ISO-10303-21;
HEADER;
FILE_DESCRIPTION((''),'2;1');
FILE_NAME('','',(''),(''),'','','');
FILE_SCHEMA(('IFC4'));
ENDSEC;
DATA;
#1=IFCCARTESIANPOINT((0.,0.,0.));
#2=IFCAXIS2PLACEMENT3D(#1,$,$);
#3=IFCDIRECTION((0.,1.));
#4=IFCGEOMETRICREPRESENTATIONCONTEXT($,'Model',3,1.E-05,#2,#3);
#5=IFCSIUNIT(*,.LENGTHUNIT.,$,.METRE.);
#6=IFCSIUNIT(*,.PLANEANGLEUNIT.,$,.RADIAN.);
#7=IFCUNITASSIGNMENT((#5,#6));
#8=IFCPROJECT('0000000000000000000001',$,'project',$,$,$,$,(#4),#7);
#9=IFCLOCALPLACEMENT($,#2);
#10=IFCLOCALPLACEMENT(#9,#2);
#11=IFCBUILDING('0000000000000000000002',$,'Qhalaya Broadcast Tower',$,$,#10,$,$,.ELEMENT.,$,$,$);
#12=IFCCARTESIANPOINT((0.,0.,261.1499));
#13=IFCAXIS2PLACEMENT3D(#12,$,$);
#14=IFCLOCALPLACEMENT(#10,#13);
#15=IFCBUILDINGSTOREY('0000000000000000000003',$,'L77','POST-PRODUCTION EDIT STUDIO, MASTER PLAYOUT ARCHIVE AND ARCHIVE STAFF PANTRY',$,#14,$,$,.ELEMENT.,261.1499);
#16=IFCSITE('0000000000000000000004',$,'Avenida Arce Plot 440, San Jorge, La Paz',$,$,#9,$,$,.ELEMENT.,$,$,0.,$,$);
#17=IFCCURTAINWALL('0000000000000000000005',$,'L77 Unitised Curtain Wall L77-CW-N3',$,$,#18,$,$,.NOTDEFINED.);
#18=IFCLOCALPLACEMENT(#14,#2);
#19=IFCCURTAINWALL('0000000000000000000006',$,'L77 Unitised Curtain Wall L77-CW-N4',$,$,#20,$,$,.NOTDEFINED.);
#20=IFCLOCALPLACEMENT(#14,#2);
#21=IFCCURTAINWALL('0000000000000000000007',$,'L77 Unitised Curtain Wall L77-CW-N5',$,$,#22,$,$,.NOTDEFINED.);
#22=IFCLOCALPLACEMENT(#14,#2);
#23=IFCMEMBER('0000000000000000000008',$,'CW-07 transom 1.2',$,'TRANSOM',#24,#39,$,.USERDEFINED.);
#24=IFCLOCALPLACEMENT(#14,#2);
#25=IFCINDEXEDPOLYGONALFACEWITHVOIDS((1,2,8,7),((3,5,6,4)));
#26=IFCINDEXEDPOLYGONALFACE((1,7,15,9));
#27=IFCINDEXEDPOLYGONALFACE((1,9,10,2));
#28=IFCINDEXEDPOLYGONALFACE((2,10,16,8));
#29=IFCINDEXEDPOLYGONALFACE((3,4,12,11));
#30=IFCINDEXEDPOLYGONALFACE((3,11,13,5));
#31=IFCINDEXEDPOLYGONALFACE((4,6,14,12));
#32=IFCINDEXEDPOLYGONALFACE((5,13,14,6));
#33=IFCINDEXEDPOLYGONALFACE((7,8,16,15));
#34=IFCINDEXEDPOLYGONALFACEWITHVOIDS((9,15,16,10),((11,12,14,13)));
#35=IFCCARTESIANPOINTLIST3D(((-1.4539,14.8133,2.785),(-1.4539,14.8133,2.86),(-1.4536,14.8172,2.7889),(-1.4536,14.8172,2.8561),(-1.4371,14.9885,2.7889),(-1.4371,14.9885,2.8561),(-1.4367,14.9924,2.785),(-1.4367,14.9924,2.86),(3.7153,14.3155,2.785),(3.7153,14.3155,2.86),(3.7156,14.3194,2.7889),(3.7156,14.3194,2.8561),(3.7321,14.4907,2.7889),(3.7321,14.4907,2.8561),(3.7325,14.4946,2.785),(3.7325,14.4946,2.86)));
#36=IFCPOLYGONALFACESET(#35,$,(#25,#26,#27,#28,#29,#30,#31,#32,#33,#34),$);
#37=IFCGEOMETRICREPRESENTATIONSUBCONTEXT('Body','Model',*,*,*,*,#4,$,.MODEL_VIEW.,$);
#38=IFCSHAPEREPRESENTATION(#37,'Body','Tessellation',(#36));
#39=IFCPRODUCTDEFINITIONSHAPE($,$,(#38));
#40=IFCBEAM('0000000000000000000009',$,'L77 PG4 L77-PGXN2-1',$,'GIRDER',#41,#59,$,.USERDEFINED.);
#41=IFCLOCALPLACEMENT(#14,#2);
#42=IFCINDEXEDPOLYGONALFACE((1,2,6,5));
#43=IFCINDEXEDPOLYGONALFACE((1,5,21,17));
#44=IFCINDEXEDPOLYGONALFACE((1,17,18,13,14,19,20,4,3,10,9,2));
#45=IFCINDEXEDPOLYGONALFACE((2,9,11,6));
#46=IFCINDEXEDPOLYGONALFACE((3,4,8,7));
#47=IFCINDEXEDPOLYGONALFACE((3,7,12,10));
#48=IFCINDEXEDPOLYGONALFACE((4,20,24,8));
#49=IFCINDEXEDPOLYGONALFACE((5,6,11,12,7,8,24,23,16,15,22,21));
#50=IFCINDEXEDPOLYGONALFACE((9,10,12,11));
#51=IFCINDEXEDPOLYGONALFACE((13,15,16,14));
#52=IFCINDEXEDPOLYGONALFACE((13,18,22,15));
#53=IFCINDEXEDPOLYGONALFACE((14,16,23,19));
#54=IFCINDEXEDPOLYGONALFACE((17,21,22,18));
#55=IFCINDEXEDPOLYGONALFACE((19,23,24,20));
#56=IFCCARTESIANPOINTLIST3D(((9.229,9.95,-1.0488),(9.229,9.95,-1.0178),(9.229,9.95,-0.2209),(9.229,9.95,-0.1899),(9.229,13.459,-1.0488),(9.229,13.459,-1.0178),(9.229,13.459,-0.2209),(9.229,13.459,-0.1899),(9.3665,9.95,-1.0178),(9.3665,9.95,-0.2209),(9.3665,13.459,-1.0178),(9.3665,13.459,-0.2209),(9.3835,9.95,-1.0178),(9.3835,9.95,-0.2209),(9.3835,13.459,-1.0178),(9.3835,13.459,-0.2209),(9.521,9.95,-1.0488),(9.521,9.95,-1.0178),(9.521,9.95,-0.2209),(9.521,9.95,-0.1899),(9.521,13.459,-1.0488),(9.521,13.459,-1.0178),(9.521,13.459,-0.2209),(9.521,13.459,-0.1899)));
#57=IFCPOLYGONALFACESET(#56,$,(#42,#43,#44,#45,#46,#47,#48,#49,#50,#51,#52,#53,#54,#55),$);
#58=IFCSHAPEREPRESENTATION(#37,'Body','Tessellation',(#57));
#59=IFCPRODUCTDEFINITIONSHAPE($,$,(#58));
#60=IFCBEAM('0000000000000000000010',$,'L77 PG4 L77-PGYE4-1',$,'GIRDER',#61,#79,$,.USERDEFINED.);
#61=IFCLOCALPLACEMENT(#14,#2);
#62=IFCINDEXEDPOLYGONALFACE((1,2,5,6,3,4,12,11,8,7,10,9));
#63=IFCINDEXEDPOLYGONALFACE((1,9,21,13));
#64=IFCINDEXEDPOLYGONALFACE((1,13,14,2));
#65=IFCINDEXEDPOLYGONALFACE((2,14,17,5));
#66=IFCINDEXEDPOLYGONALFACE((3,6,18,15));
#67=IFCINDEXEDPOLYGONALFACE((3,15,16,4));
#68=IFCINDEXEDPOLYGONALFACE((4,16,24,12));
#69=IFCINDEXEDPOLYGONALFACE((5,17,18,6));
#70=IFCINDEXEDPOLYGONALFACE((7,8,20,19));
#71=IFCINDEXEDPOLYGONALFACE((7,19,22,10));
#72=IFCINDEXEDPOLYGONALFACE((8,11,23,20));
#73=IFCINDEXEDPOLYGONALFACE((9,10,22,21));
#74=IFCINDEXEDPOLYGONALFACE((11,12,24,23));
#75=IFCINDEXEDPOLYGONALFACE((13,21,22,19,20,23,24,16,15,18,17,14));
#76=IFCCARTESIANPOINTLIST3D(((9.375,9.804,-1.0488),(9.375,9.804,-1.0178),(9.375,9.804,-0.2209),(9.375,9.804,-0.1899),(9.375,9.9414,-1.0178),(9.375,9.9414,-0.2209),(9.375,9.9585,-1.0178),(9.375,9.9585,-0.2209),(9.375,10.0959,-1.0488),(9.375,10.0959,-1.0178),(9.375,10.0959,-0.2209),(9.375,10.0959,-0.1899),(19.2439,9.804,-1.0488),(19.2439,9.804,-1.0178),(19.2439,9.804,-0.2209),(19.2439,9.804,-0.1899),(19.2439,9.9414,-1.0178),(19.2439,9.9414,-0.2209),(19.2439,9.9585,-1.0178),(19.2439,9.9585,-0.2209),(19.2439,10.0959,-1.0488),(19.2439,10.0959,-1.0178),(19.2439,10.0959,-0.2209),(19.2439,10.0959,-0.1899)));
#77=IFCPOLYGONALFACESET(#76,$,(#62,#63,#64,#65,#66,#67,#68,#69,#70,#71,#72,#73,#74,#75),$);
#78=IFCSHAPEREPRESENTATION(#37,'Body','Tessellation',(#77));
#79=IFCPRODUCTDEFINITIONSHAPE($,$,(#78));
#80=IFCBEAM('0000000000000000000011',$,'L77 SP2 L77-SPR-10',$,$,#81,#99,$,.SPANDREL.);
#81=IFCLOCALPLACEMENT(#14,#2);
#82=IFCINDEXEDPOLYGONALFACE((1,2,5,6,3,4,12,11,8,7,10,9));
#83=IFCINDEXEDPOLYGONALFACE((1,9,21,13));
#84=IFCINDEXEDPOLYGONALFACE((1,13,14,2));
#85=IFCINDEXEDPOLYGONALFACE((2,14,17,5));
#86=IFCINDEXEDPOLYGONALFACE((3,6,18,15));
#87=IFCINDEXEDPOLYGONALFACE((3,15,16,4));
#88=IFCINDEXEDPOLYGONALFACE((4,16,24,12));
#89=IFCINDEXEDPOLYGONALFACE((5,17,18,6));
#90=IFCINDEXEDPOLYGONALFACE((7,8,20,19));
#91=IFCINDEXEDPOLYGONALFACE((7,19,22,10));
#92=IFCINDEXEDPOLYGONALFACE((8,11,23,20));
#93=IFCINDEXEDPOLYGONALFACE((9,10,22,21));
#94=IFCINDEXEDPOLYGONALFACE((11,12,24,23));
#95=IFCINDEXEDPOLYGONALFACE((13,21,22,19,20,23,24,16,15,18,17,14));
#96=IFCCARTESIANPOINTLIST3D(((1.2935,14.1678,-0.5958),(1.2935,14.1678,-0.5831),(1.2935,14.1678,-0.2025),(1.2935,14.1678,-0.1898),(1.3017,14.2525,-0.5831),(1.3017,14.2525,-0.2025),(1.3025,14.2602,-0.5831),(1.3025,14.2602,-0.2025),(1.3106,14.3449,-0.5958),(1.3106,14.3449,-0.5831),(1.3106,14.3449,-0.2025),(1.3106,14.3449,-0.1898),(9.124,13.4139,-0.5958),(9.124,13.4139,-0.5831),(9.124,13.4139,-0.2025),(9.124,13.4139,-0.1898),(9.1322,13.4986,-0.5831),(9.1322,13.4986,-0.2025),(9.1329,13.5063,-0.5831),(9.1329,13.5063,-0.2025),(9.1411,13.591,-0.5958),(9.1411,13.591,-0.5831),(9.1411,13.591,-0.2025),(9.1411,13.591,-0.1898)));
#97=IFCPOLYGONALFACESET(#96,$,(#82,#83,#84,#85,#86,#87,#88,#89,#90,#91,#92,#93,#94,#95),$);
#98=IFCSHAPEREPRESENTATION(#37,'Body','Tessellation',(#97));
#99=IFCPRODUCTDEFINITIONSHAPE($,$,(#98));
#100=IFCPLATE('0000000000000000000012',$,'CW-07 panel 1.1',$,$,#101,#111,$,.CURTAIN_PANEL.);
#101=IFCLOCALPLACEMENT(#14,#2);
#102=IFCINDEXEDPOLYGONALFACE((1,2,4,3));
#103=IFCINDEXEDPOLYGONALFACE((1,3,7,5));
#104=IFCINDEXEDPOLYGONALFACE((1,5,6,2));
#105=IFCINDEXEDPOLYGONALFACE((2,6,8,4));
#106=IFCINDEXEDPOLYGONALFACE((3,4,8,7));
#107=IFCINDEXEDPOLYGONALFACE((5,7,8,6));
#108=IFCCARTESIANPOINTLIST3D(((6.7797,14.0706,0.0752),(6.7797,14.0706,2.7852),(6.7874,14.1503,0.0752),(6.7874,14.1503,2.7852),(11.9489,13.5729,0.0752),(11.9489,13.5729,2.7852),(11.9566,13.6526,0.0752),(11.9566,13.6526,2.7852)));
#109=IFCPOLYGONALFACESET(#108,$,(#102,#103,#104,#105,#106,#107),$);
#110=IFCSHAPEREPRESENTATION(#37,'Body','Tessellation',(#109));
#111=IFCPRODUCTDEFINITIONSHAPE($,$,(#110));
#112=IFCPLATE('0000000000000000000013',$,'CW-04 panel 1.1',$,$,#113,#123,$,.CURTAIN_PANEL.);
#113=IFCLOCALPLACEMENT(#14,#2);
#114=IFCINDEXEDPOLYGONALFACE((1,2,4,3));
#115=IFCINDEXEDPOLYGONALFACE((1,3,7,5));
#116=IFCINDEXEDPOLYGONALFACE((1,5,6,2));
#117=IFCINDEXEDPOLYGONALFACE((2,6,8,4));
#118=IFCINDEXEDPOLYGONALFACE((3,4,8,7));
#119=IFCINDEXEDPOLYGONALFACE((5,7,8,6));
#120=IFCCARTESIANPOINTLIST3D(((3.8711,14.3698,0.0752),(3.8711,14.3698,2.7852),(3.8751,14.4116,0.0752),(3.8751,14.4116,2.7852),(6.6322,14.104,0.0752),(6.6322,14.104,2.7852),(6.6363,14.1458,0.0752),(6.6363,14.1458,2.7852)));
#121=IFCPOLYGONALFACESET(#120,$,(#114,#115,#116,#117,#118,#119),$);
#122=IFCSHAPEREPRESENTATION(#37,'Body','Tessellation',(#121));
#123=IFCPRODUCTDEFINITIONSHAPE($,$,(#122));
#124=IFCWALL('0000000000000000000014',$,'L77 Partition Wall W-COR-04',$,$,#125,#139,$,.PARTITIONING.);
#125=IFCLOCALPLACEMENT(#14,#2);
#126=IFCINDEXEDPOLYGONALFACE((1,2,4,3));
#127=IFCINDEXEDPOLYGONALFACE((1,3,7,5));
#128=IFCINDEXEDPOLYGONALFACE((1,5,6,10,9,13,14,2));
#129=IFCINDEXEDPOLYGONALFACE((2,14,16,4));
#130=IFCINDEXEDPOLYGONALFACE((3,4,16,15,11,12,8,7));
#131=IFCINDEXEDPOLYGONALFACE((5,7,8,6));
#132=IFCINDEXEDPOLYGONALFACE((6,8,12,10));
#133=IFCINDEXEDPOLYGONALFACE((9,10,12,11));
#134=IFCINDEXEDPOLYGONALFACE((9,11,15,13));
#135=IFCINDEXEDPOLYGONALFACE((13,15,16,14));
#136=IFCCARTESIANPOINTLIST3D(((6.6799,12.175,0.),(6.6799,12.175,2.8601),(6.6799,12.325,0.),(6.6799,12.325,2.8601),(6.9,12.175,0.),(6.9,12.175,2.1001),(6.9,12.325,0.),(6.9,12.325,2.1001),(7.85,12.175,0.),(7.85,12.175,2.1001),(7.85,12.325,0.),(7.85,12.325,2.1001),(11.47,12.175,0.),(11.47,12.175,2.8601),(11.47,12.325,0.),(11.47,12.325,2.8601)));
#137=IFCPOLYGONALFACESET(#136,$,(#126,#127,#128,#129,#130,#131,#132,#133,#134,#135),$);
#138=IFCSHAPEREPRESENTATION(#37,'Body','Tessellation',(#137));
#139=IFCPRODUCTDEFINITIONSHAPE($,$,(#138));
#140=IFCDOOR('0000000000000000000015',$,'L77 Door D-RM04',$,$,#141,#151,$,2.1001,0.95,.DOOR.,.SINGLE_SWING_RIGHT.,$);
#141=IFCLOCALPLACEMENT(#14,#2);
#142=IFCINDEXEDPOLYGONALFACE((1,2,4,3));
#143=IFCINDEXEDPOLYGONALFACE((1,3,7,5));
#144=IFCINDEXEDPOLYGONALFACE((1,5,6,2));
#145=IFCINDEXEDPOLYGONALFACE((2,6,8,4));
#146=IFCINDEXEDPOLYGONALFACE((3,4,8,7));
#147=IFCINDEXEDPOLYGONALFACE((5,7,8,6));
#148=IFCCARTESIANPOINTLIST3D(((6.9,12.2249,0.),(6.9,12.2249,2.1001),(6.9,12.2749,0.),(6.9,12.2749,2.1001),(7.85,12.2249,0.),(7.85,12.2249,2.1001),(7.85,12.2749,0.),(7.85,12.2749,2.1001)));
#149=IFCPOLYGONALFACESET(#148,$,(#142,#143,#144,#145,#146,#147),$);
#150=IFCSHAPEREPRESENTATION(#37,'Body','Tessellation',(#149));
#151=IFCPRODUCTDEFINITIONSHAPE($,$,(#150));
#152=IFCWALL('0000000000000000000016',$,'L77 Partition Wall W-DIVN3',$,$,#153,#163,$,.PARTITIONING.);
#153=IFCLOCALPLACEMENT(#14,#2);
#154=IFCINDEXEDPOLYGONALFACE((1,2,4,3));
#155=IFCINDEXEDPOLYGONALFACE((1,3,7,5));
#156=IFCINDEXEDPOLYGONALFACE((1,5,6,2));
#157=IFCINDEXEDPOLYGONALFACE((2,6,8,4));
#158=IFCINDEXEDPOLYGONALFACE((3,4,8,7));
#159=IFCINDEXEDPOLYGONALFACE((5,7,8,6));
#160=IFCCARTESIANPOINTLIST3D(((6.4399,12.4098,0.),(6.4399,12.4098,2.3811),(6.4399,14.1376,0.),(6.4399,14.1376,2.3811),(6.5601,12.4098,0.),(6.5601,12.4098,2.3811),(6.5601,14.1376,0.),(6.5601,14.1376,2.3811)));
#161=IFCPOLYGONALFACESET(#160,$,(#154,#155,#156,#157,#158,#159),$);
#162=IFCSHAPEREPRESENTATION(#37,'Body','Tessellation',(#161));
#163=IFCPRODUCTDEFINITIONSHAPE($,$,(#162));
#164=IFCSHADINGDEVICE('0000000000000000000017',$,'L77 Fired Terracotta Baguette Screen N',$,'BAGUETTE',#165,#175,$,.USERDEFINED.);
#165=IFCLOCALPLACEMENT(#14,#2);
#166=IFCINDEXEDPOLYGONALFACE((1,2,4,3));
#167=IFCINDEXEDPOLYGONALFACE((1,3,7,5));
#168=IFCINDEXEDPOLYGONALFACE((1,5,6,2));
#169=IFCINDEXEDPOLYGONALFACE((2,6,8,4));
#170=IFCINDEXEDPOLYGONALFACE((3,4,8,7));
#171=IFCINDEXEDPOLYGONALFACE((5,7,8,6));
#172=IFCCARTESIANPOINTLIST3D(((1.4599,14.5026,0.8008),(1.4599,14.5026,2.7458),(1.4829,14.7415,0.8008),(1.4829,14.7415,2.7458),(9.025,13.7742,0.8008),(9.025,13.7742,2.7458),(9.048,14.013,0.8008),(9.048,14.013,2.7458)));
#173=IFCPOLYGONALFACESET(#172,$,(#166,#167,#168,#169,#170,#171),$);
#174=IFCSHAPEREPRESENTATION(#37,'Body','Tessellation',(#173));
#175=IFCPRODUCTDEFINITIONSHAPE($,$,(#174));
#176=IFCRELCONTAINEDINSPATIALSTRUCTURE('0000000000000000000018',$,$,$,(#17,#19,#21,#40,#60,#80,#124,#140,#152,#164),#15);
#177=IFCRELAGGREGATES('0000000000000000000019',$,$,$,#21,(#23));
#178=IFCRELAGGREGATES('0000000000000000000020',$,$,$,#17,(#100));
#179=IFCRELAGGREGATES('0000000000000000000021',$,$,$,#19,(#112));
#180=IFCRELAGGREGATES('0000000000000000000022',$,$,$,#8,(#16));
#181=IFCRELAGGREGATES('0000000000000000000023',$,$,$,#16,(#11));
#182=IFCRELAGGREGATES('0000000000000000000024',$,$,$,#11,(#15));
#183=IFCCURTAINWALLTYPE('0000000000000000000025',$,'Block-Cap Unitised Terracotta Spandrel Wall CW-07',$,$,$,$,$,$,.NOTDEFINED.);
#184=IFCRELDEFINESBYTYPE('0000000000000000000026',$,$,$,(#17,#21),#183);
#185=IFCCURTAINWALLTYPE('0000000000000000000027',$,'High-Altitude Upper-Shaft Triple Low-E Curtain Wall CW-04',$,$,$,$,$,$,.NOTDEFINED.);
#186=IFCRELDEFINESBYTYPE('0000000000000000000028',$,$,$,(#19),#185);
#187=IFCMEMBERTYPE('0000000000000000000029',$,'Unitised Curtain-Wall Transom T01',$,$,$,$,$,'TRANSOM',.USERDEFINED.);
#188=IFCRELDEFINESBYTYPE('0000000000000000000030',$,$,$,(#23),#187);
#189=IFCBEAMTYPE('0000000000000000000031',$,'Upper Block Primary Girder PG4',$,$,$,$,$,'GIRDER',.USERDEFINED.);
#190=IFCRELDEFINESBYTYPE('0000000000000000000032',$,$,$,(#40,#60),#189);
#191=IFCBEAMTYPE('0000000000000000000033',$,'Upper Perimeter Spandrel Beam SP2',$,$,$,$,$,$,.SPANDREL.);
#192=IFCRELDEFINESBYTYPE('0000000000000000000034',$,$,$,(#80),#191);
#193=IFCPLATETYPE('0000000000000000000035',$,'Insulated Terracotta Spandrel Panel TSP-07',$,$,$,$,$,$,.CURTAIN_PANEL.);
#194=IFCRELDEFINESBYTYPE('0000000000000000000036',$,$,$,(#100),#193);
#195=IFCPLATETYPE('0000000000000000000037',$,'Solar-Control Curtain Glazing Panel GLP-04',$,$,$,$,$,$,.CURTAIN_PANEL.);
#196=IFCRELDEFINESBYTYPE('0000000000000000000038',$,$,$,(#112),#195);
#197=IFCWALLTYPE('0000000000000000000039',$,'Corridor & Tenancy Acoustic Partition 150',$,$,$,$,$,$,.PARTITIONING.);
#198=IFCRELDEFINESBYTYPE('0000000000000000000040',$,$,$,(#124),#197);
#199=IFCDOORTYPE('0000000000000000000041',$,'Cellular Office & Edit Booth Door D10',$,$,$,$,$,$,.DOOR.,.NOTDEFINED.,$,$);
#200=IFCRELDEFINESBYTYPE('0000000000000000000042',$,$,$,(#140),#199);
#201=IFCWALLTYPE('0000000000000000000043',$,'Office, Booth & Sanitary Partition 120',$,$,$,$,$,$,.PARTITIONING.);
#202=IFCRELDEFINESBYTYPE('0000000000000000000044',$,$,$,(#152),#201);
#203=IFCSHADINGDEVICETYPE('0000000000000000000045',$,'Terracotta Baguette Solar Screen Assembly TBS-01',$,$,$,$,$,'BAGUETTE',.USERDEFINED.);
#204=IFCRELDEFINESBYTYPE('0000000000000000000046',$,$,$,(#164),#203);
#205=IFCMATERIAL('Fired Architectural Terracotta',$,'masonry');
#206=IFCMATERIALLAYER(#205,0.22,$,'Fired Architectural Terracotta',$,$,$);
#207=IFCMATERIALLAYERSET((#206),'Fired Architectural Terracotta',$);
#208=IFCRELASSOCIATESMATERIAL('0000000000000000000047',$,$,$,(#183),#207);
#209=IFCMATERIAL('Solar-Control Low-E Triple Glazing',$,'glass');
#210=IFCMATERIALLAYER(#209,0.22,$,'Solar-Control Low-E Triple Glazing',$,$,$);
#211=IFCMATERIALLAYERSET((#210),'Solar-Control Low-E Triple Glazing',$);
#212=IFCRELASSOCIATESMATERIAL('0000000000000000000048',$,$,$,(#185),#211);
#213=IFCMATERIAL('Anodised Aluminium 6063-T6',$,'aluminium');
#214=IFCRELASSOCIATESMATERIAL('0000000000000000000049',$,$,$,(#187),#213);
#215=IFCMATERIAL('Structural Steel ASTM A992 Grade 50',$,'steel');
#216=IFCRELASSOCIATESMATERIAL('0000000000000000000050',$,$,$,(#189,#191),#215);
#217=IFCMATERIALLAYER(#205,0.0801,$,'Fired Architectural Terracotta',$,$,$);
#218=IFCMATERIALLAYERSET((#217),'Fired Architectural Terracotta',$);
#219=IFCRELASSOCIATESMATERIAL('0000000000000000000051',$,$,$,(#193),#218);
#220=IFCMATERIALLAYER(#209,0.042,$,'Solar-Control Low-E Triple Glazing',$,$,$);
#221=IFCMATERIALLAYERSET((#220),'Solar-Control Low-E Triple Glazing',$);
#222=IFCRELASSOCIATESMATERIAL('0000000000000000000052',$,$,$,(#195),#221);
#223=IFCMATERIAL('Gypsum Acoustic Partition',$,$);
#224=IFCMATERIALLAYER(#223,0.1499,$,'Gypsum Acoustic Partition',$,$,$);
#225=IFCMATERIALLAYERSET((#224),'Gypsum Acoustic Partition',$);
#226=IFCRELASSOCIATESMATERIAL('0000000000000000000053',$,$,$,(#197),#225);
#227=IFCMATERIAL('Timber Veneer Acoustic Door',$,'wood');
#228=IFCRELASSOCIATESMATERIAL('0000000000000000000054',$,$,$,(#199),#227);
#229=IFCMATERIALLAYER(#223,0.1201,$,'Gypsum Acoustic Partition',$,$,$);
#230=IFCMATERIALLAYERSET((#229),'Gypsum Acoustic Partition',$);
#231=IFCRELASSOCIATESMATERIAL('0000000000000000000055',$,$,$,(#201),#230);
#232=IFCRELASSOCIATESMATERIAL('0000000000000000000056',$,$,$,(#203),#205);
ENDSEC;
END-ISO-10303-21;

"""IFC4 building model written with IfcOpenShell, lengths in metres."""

from ifc_helpers import new_model, si_unit, direction, frame, frame_2d, origin, origin_2d, place, context, subcontext, project, spatial, rectangle, hollow_rectangle, i_section, extrude, material, layer, layer_set, material_profile, profile_set, type_object, element, fill, aggregate, save


model = new_model("IFC4")

# Units and contexts
model_context = context("Model", 3, precision=1e-05, world=origin(), true_north=direction((0.0, 1.0)))
body_context = subcontext(model_context, "Body", "Model", "MODEL_VIEW")
ifc_project = project(units=[si_unit("LENGTHUNIT", "METRE"), si_unit("PLANEANGLEUNIT", "RADIAN")], contexts=[model_context])

# Site, building, storey
site_placement = place(None, origin())
site = spatial("IfcSite", under=ifc_project, at=site_placement, Name="Avenida Arce Plot 440, San Jorge, La Paz", CompositionType="ELEMENT", RefElevation=0.0)
building_placement = place(site_placement, origin())
building = spatial("IfcBuilding", under=site, at=building_placement, Name="Qhalaya Broadcast Tower", CompositionType="ELEMENT")
storey_placement = place(building_placement, frame((0.0, 0.0, 261.1499)))
storey = spatial("IfcBuildingStorey", under=building, at=storey_placement, Name="L77", Description="POST-PRODUCTION EDIT STUDIO, MASTER PLAYOUT ARCHIVE AND ARCHIVE STAFF PANTRY", CompositionType="ELEMENT", Elevation=261.1499)

# Shared definitions
ifc_material_1 = material(Name="Structural Steel ASTM A992 Grade 50", Category="steel")

# Curtain wall
ifc_material_2 = material(Name="Fired Architectural Terracotta", Category="masonry")
ifc_layer_1 = layer(ifc_material_2, 0.22, Name="Fired Architectural Terracotta")
ifc_layer_set_1 = layer_set([ifc_layer_1], Name="Fired Architectural Terracotta")
curtain_wall_type_1 = type_object("IfcCurtainWallType", Name="Block-Cap Unitised Terracotta Spandrel Wall CW-07", PredefinedType="NOTDEFINED", material=ifc_layer_set_1)
curtain_wall_1_placement = place(storey_placement, origin())
curtain_wall_1 = element("IfcCurtainWall", 1, at=curtain_wall_1_placement, inside=storey, type_object=curtain_wall_type_1, Name="L77 Unitised Curtain Wall L77-CW-N3", PredefinedType="NOTDEFINED")
ifc_material_3 = material(Name="Anodised Aluminium 6063-T6", Category="aluminium")

# Curtain wall
ifc_material_4 = material(Name="Solar-Control Low-E Triple Glazing", Category="glass")
ifc_layer_2 = layer(ifc_material_4, 0.22, Name="Solar-Control Low-E Triple Glazing")
ifc_layer_set_2 = layer_set([ifc_layer_2], Name="Solar-Control Low-E Triple Glazing")
curtain_wall_type_2 = type_object("IfcCurtainWallType", Name="High-Altitude Upper-Shaft Triple Low-E Curtain Wall CW-04", PredefinedType="NOTDEFINED", material=ifc_layer_set_2)
curtain_wall_2_placement = place(storey_placement, origin())
curtain_wall_2 = element("IfcCurtainWall", 2, at=curtain_wall_2_placement, inside=storey, type_object=curtain_wall_type_2, Name="L77 Unitised Curtain Wall L77-CW-N4", PredefinedType="NOTDEFINED")

# Curtain wall
curtain_wall_3_placement = place(storey_placement, origin())
curtain_wall_3 = element("IfcCurtainWall", 3, at=curtain_wall_3_placement, inside=storey, type_object=curtain_wall_type_1, Name="L77 Unitised Curtain Wall L77-CW-N5", PredefinedType="NOTDEFINED")

# Member
ifc_material_profile_1 = material_profile(ifc_material_3, hollow_rectangle(XDim=0.075, YDim=0.1799, WallThickness=0.0039, at=origin_2d()), Name="ALU-TRN 75x180x4")
ifc_profile_set_1 = profile_set([ifc_material_profile_1], Name="Anodised Aluminium 6063-T6")
member_type_1 = type_object("IfcMemberType", Name="Unitised Curtain-Wall Transom T01", ElementType="TRANSOM", PredefinedType="USERDEFINED", material=ifc_profile_set_1)
member_1_placement = place(storey_placement, frame((3.7239, 14.405, 2.8225), z_axis=(-0.995395, 0.095858, 0.0), x_axis=(0.0, 0.0, 1.0)))
member_1 = element("IfcMember", 4, at=member_1_placement, type_object=member_type_1, Name="CW-07 transom 1.2", ObjectType="TRANSOM", PredefinedType="USERDEFINED", context=body_context, shape_type="SweptSolid", body=[
    extrude(hollow_rectangle(XDim=0.075, YDim=0.1799, WallThickness=0.0039, at=origin_2d()), origin(), (0.0, 0.0, 1.0), 5.1931),
])
aggregate(curtain_wall_3, [member_1])

# Beams
ifc_material_profile_2 = material_profile(ifc_material_1, i_section(OverallWidth=0.292, OverallDepth=0.8589, WebThickness=0.0171, FlangeThickness=0.031, at=origin_2d()), Name="W33X169")
ifc_profile_set_2 = profile_set([ifc_material_profile_2], Name="Structural Steel ASTM A992 Grade 50")
beam_type_1 = type_object("IfcBeamType", Name="Upper Block Primary Girder PG4", ElementType="GIRDER", PredefinedType="USERDEFINED", material=ifc_profile_set_2)
beam_1_placement = place(storey_placement, frame((9.375, 9.95, -0.6194), z_axis=(0.0, 1.0, 0.0), x_axis=(-1.0, 0.0, 0.0)))
element("IfcBeam", 5, at=beam_1_placement, inside=storey, type_object=beam_type_1, Name="L77 PG4 L77-PGXN2-1", ObjectType="GIRDER", PredefinedType="USERDEFINED", context=body_context, shape_type="SweptSolid", body=[
    extrude(i_section(OverallWidth=0.292, OverallDepth=0.8589, WebThickness=0.0171, FlangeThickness=0.031, at=origin_2d()), origin(), (0.0, 0.0, 1.0), 3.509),
])
beam_2_placement = place(storey_placement, frame((9.375, 9.95, -0.6194), z_axis=(1.0, 0.0, 0.0), x_axis=(0.0, 1.0, 0.0)))
element("IfcBeam", 6, at=beam_2_placement, inside=storey, type_object=beam_type_1, Name="L77 PG4 L77-PGYE4-1", ObjectType="GIRDER", PredefinedType="USERDEFINED", context=body_context, shape_type="SweptSolid", body=[
    extrude(i_section(OverallWidth=0.292, OverallDepth=0.8589, WebThickness=0.0171, FlangeThickness=0.031, at=origin_2d()), origin(), (0.0, 0.0, 1.0), 9.8689),
])
ifc_material_profile_3 = material_profile(ifc_material_1, i_section(OverallWidth=0.178, OverallDepth=0.406, WebThickness=0.0078, FlangeThickness=0.0127, at=origin_2d()), Name="W16X40")
ifc_profile_set_3 = profile_set([ifc_material_profile_3], Name="Structural Steel ASTM A992 Grade 50")
beam_type_2 = type_object("IfcBeamType", Name="Upper Perimeter Spandrel Beam SP2", PredefinedType="SPANDREL", material=ifc_profile_set_3)
beam_3_placement = place(storey_placement, frame((9.1326, 13.5024, -0.3928), z_axis=(-0.995397, 0.095834, 0.0), x_axis=(-0.095834, -0.995397, 0.0)))
element("IfcBeam", 7, at=beam_3_placement, inside=storey, type_object=beam_type_2, Name="L77 SP2 L77-SPR-10", PredefinedType="SPANDREL", context=body_context, shape_type="SweptSolid", body=[
    extrude(i_section(OverallWidth=0.178, OverallDepth=0.406, WebThickness=0.0078, FlangeThickness=0.0127, at=origin_2d()), origin(), (0.0, 0.0, 1.0), 7.8667),
])

# Plates
ifc_layer_3 = layer(ifc_material_2, 0.0801, Name="Fired Architectural Terracotta")
ifc_layer_set_3 = layer_set([ifc_layer_3], Name="Fired Architectural Terracotta")
plate_type_1 = type_object("IfcPlateType", Name="Insulated Terracotta Spandrel Panel TSP-07", PredefinedType="CURTAIN_PANEL", material=ifc_layer_set_3)
plate_1_placement = place(storey_placement, frame((9.3682, 13.8616, 0.0752), z_axis=(0.0, 0.0, 1.0), x_axis=(-0.995396, 0.095845, 0.0)))
plate_1 = element("IfcPlate", 8, at=plate_1_placement, type_object=plate_type_1, Name="CW-07 panel 1.1", PredefinedType="CURTAIN_PANEL", context=body_context, shape_type="SweptSolid", body=[
    extrude(rectangle(XDim=5.1931, YDim=0.0801, at=origin_2d()), origin(), (0.0, 0.0, 1.0), 2.71),
])
aggregate(curtain_wall_1, [plate_1])
ifc_layer_4 = layer(ifc_material_4, 0.042, Name="Solar-Control Low-E Triple Glazing")
ifc_layer_set_4 = layer_set([ifc_layer_4], Name="Solar-Control Low-E Triple Glazing")
plate_type_2 = type_object("IfcPlateType", Name="Solar-Control Curtain Glazing Panel GLP-04", PredefinedType="CURTAIN_PANEL", material=ifc_layer_set_4)
plate_2_placement = place(storey_placement, frame((5.2537, 14.2578, 0.0752), z_axis=(0.0, 0.0, 1.0), x_axis=(-0.995398, 0.095829, 0.0)))
plate_2 = element("IfcPlate", 9, at=plate_2_placement, type_object=plate_type_2, Name="CW-04 panel 1.1", PredefinedType="CURTAIN_PANEL", context=body_context, shape_type="SweptSolid", body=[
    extrude(rectangle(XDim=2.7739, YDim=0.042, at=origin_2d()), origin(), (0.0, 0.0, 1.0), 2.71),
])
aggregate(curtain_wall_2, [plate_2])

# Wall, opening, door
ifc_material_5 = material(Name="Gypsum Acoustic Partition")
ifc_layer_5 = layer(ifc_material_5, 0.1499, Name="Gypsum Acoustic Partition")
ifc_layer_set_5 = layer_set([ifc_layer_5], Name="Gypsum Acoustic Partition")
wall_type_1 = type_object("IfcWallType", Name="Corridor & Tenancy Acoustic Partition 150", PredefinedType="PARTITIONING", material=ifc_layer_set_5)
wall_1_placement = place(storey_placement, frame((6.6799, 12.25, 0.0), z_axis=(0.0, 0.0, 1.0), x_axis=(1.0, 0.0, 0.0)))
wall_1 = element("IfcWall", 10, at=wall_1_placement, inside=storey, type_object=wall_type_1, Name="L77 Partition Wall W-COR-04", PredefinedType="PARTITIONING", context=body_context, shape_type="SweptSolid", body=[
    extrude(rectangle(XDim=4.79, YDim=0.1499, at=frame_2d((2.395, 0.0))), origin(), (0.0, 0.0, 1.0), 2.8601),
])
opening_placement = place(wall_1_placement, frame((0.22, 0.0, 0.0)))
opening = element("IfcOpeningElement", 11, at=opening_placement, cuts=wall_1, PredefinedType="OPENING", context=body_context, shape_type="SweptSolid", body=[
    extrude(rectangle(XDim=0.95, YDim=2.1001, at=frame_2d((0.4751, 1.05))), frame((0.0, 0.0869, 0.0), z_axis=(0.0, -1.0, 0.0), x_axis=(1.0, 0.0, 0.0)), (0.0, 0.0, 1.0), 0.1738),
])
ifc_material_6 = material(Name="Timber Veneer Acoustic Door", Category="wood")
door_type = type_object("IfcDoorType", Name="Cellular Office & Edit Booth Door D10", OperationType="NOTDEFINED", PredefinedType="DOOR", material=ifc_material_6)
door_placement = place(opening_placement, origin())
door = element("IfcDoor", 12, at=door_placement, inside=storey, type_object=door_type, Name="L77 Door D-RM04", OperationType="SINGLE_SWING_RIGHT", OverallHeight=2.1001, OverallWidth=0.95, PredefinedType="DOOR", context=body_context, shape_type="SweptSolid", body=[
    extrude(rectangle(XDim=0.95, YDim=2.1001, at=frame_2d((0.4751, 1.05))), frame((0.0, 0.0249, 0.0), z_axis=(0.0, -1.0, 0.0), x_axis=(1.0, 0.0, 0.0)), (0.0, 0.0, 1.0), 0.05),
])
fill(opening, door)

# Wall
ifc_layer_6 = layer(ifc_material_5, 0.1201, Name="Gypsum Acoustic Partition")
ifc_layer_set_6 = layer_set([ifc_layer_6], Name="Gypsum Acoustic Partition")
wall_type_2 = type_object("IfcWallType", Name="Office, Booth & Sanitary Partition 120", PredefinedType="PARTITIONING", material=ifc_layer_set_6)
wall_2_placement = place(storey_placement, frame((6.5, 12.4099, 0.0), z_axis=(0.0, 0.0, 1.0), x_axis=(0.0, 1.0, 0.0)))
element("IfcWall", 13, at=wall_2_placement, inside=storey, type_object=wall_type_2, Name="L77 Partition Wall W-DIVN3", PredefinedType="PARTITIONING", context=body_context, shape_type="SweptSolid", body=[
    extrude(rectangle(XDim=1.7278, YDim=0.1201, at=frame_2d((0.8638, 0.0))), origin(), (0.0, 0.0, 1.0), 2.3811),
])

# Shading device
shading_device_type = type_object("IfcShadingDeviceType", Name="Terracotta Baguette Solar Screen Assembly TBS-01", ElementType="BAGUETTE", PredefinedType="USERDEFINED", material=ifc_material_2)
shading_device_placement = place(storey_placement, frame((5.2539, 14.2578, 0.8008), z_axis=(0.0, 0.0, 1.0), x_axis=(-0.995396, 0.095846, 0.0)))
element("IfcShadingDevice", 14, at=shading_device_placement, inside=storey, type_object=shading_device_type, Name="L77 Fired Terracotta Baguette Screen N", ObjectType="BAGUETTE", PredefinedType="USERDEFINED", context=body_context, shape_type="SweptSolid", body=[
    extrude(rectangle(XDim=7.6001, YDim=0.24, at=origin_2d()), origin(), (0.0, 0.0, 1.0), 1.9451),
])

save(model, "model.ifc")
